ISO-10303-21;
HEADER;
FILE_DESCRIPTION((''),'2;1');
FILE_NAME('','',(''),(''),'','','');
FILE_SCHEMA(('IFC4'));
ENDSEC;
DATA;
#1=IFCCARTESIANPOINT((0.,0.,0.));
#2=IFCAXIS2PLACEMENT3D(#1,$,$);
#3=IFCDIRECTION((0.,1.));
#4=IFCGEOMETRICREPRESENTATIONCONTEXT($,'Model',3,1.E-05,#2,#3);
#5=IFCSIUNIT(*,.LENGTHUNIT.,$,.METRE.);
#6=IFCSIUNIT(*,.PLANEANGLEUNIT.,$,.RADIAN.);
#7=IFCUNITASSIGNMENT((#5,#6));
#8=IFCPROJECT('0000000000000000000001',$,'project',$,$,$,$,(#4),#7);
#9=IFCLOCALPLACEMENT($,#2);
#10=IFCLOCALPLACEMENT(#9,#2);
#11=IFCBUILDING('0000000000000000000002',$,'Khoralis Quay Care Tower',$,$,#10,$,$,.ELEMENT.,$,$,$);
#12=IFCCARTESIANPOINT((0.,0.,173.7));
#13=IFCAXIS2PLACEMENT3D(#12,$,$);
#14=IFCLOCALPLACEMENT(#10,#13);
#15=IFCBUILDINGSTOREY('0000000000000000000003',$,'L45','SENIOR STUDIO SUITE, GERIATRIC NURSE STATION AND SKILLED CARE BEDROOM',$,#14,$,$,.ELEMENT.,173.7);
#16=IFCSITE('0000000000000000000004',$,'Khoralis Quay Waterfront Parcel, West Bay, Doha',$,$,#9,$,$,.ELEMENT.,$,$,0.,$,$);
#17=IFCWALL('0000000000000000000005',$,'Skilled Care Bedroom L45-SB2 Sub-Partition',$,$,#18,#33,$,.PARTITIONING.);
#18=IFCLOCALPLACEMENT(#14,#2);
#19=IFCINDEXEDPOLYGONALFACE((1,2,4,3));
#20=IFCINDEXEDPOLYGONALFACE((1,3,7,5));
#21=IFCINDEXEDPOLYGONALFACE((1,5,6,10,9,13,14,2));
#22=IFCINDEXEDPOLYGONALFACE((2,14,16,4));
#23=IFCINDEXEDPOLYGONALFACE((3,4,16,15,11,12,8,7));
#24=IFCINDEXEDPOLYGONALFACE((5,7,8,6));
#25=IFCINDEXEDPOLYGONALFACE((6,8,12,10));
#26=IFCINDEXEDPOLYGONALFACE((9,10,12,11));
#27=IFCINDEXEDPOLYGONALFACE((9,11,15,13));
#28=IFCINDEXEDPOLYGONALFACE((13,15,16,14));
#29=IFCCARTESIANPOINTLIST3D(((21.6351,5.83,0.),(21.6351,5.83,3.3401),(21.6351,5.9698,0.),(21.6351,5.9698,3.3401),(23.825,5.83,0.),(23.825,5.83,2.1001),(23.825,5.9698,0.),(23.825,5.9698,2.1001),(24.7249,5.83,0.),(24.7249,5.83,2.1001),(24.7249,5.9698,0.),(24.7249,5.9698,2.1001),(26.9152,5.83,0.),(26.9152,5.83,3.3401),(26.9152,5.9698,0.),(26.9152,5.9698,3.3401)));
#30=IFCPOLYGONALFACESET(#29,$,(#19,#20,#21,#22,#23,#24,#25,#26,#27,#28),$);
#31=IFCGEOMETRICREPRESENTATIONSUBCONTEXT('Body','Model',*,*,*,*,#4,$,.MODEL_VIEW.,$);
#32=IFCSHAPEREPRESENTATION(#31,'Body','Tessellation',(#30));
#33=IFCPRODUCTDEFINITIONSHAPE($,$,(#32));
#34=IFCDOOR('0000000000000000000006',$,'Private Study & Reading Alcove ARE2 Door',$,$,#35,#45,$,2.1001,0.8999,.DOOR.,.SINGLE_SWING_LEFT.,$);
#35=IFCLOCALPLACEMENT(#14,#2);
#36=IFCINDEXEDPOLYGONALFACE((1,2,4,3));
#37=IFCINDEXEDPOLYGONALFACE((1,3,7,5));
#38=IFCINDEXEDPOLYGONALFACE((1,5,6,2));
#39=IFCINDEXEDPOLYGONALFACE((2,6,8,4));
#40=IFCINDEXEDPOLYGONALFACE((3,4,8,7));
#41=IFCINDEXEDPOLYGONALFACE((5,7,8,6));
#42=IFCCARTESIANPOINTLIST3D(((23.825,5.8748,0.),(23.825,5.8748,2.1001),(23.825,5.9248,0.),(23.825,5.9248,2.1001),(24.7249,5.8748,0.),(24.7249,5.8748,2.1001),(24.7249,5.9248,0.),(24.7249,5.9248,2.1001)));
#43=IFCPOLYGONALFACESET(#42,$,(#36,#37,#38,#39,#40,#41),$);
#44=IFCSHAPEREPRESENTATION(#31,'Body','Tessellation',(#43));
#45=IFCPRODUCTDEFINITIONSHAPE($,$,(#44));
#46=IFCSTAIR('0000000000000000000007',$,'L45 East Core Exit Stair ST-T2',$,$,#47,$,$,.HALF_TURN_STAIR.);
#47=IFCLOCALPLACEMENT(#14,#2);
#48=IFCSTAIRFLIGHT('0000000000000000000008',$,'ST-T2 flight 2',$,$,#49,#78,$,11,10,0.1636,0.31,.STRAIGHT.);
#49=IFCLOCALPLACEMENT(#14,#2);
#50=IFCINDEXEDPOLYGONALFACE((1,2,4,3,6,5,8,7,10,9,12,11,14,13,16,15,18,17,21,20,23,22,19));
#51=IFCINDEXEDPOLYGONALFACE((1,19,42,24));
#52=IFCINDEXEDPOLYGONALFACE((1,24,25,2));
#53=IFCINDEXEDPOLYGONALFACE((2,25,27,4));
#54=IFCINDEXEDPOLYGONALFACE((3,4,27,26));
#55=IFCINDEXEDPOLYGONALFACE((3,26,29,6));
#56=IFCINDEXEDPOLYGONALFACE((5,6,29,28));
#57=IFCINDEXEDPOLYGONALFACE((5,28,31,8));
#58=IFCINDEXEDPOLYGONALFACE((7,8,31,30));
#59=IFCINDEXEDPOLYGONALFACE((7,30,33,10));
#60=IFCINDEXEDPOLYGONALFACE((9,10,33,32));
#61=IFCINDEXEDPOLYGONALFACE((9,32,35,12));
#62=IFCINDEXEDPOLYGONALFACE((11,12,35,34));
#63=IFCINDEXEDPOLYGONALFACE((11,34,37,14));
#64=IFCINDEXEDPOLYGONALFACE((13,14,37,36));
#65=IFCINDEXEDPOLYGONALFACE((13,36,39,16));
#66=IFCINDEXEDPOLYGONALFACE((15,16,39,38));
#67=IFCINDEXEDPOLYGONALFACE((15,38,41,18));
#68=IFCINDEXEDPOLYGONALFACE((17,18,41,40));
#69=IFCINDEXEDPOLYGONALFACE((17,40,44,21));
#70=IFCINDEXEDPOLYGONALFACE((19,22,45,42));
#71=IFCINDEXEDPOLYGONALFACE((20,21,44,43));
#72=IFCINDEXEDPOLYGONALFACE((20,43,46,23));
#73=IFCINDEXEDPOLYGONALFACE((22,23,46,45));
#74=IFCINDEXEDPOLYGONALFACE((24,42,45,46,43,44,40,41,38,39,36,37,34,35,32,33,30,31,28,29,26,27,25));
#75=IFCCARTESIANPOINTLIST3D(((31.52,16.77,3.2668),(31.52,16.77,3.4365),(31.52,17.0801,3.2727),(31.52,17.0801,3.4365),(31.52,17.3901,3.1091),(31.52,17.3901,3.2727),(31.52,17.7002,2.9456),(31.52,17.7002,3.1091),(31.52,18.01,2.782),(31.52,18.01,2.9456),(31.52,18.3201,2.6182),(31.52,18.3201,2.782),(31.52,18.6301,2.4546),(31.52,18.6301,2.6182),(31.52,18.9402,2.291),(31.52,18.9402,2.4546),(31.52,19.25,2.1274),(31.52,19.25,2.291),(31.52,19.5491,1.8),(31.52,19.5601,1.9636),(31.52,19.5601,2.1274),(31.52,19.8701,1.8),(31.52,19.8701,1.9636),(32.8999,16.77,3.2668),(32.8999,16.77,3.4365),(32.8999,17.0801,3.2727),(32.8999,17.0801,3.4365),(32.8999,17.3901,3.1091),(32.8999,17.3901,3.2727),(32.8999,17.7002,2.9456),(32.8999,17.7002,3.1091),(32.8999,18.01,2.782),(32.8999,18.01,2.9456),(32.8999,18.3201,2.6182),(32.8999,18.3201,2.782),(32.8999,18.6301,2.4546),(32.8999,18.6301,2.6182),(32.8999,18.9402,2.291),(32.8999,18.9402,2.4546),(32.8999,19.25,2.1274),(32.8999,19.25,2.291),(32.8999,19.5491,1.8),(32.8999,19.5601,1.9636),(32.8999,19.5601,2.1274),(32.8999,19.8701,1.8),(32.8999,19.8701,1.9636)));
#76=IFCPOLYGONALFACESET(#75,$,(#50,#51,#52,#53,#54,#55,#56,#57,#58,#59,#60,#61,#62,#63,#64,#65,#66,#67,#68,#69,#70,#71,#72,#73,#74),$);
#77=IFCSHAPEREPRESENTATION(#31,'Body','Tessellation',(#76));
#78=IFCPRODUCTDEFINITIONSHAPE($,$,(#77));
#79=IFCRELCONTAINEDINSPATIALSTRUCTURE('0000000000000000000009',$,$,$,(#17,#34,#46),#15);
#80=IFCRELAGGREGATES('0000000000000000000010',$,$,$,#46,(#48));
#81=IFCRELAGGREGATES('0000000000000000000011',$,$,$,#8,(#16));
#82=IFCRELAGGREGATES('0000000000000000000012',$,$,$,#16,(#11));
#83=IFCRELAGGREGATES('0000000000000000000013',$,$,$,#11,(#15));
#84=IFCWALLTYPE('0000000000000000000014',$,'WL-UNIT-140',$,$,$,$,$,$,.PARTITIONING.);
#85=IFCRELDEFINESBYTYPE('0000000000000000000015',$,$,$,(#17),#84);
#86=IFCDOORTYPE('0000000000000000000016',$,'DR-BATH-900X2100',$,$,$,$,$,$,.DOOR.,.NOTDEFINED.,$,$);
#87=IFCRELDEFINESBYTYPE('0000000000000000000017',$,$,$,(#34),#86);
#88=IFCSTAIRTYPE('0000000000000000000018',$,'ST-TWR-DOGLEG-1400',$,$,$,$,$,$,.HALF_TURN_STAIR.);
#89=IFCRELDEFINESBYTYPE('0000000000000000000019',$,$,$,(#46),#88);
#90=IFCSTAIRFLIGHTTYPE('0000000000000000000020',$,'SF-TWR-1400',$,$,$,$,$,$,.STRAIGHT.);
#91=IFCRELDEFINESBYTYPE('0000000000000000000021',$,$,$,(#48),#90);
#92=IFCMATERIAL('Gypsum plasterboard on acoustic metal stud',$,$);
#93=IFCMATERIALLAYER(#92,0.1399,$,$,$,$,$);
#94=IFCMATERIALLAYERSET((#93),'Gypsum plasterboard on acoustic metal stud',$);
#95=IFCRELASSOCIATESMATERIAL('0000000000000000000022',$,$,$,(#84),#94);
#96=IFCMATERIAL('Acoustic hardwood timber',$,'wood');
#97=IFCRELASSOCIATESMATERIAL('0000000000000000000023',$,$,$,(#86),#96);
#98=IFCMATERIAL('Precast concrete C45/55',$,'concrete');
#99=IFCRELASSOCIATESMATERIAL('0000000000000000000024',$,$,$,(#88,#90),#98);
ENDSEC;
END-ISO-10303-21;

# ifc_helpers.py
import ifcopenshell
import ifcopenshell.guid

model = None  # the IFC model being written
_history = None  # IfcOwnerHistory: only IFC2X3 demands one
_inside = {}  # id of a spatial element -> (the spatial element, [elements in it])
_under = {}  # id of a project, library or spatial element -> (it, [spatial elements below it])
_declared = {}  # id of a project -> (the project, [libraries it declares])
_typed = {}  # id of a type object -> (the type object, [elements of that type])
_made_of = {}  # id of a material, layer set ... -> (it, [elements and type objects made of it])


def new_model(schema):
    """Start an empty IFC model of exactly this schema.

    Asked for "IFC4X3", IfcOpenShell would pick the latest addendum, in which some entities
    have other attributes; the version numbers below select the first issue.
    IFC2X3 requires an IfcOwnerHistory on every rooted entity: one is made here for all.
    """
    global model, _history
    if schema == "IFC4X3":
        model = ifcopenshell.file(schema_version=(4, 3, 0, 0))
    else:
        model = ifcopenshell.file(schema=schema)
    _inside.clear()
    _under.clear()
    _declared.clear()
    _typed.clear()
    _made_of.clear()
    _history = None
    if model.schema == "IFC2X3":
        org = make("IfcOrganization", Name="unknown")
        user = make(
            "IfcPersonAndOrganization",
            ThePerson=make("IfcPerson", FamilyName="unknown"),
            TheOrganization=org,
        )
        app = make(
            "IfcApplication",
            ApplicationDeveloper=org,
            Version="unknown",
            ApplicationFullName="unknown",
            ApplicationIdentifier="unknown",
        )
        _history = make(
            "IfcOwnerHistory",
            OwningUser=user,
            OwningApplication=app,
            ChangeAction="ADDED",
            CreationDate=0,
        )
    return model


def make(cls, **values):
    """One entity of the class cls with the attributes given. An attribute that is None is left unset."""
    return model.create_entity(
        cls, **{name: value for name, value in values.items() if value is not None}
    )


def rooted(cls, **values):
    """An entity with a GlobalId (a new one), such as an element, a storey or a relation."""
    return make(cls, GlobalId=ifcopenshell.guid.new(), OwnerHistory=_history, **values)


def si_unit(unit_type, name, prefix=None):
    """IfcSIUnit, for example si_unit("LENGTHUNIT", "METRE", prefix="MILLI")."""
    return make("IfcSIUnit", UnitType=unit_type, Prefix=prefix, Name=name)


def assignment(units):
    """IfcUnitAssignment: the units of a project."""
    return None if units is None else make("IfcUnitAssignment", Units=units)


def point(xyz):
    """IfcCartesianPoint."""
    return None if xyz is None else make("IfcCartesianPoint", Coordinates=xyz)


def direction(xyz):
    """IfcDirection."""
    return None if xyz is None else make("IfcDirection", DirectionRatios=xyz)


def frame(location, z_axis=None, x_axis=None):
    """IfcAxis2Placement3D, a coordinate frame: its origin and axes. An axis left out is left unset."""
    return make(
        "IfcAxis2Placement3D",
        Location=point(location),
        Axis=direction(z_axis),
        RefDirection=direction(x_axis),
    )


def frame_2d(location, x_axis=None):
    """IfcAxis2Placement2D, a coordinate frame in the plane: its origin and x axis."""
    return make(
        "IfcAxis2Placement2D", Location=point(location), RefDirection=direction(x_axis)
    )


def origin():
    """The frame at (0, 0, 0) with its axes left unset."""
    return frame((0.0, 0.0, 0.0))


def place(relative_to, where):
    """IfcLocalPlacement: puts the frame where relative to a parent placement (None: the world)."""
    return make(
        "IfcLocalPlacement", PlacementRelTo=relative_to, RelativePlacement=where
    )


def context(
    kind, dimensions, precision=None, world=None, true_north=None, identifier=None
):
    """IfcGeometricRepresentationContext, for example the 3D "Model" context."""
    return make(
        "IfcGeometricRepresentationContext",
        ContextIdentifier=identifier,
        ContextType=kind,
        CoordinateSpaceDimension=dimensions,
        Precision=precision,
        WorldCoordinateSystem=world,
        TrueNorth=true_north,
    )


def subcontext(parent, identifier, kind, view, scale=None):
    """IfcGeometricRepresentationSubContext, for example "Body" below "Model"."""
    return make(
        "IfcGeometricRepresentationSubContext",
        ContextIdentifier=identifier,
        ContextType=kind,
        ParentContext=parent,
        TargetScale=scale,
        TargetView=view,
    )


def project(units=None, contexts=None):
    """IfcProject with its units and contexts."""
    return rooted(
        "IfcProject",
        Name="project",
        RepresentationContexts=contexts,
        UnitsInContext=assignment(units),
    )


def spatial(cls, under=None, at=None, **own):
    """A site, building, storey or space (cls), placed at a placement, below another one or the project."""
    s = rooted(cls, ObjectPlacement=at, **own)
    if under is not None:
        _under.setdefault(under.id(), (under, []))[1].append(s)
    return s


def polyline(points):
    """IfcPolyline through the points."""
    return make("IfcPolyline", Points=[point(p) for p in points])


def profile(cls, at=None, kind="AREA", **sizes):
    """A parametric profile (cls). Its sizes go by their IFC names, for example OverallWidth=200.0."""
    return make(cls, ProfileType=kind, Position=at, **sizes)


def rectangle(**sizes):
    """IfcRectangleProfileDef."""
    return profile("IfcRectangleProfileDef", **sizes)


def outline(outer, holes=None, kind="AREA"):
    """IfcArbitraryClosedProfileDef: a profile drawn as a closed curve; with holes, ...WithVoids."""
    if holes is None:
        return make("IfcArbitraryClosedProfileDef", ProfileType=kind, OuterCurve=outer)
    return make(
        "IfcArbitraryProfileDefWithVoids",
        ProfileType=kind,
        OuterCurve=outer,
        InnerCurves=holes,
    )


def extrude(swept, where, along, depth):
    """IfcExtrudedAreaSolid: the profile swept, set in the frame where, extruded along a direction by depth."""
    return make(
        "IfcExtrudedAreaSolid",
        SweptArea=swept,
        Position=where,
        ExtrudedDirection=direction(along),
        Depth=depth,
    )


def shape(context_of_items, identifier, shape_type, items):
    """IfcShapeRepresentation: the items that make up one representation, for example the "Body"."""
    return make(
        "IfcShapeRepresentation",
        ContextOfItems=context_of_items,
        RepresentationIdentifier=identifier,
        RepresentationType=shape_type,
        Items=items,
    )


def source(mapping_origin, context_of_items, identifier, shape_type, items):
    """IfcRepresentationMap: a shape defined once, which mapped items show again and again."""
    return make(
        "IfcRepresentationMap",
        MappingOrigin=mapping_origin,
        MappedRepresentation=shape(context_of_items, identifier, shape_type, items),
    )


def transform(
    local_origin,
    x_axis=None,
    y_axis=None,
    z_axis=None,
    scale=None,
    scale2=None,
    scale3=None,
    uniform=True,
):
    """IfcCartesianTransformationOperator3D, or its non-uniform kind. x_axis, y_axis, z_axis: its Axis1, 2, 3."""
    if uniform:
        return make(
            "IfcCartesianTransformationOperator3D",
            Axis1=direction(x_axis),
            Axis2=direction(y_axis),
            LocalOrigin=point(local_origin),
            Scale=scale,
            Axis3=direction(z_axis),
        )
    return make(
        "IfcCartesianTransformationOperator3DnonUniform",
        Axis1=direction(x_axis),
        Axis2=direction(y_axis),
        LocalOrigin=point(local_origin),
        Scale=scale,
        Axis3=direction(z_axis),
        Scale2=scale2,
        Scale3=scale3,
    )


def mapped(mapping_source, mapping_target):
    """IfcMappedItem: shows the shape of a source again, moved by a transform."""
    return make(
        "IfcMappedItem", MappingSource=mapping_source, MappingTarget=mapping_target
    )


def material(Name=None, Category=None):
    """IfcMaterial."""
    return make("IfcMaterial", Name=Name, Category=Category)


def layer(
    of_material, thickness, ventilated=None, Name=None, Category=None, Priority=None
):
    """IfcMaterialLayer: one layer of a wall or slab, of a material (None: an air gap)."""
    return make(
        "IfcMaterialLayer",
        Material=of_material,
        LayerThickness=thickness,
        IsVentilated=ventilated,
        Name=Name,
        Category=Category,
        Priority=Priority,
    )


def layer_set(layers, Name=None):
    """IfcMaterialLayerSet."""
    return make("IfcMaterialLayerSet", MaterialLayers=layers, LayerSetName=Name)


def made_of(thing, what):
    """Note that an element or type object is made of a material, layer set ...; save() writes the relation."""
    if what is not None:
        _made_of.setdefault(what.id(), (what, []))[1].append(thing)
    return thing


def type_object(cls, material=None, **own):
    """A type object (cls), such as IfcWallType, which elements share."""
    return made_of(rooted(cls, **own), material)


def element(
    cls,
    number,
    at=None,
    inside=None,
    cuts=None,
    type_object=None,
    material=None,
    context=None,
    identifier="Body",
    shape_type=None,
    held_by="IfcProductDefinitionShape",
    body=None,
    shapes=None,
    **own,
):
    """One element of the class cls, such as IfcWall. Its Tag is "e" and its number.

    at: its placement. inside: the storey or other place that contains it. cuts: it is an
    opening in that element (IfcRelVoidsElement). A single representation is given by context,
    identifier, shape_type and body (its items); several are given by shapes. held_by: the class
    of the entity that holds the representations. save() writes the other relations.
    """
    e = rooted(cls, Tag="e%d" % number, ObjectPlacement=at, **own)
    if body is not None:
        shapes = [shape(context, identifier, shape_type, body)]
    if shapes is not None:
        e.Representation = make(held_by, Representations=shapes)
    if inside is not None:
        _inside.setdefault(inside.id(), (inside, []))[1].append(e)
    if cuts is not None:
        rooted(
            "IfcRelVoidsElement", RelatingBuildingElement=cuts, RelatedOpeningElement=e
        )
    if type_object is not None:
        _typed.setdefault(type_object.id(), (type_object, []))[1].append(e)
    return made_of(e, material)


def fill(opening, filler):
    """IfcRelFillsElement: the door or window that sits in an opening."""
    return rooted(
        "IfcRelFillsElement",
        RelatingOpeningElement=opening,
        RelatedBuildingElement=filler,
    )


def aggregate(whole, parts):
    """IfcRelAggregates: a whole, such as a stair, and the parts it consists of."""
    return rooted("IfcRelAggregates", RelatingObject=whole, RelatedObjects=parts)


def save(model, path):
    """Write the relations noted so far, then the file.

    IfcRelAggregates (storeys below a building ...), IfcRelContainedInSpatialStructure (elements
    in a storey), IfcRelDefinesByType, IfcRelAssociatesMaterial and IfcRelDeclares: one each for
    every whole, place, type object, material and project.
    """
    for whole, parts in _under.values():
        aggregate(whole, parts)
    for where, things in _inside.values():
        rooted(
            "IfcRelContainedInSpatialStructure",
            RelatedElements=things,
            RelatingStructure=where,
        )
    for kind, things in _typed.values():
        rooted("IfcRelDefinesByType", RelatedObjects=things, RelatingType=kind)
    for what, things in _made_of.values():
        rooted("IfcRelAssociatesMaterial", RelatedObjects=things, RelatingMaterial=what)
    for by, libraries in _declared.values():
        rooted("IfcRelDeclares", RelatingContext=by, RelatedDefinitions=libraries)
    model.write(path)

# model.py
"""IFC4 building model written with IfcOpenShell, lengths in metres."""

from ifc_helpers import new_model, si_unit, direction, frame, frame_2d, origin, place, context, subcontext, project, spatial, polyline, rectangle, outline, extrude, source, transform, mapped, material, layer, layer_set, type_object, element, fill, aggregate, save


model = new_model("IFC4")

# Units and contexts
model_context = context("Model", 3, precision=1e-05, world=origin(), true_north=direction((0.0, 1.0)))
body_context = subcontext(model_context, "Body", "Model", "MODEL_VIEW")
ifc_project = project(units=[si_unit("LENGTHUNIT", "METRE"), si_unit("PLANEANGLEUNIT", "RADIAN")], contexts=[model_context])

# Site, building, storey
site_placement = place(None, origin())
site = spatial("IfcSite", under=ifc_project, at=site_placement, Name="Khoralis Quay Waterfront Parcel, West Bay, Doha", CompositionType="ELEMENT", RefElevation=0.0)
building_placement = place(site_placement, origin())
building = spatial("IfcBuilding", under=site, at=building_placement, Name="Khoralis Quay Care Tower", CompositionType="ELEMENT")
storey_placement = place(building_placement, frame((0.0, 0.0, 173.7)))
storey = spatial("IfcBuildingStorey", under=building, at=storey_placement, Name="L45", Description="SENIOR STUDIO SUITE, GERIATRIC NURSE STATION AND SKILLED CARE BEDROOM", CompositionType="ELEMENT", Elevation=173.7)

# Shared definitions
ifc_material_1 = material(Name="Gypsum plasterboard on acoustic metal stud")

# Shared definitions
ifc_material_2 = material(Name="Precast concrete C45/55", Category="concrete")

# Wall, opening, door
ifc_layer_1 = layer(ifc_material_1, 0.1399)
ifc_layer_set_1 = layer_set([ifc_layer_1], Name="Gypsum plasterboard on acoustic metal stud")
wall_type_1 = type_object("IfcWallType", Name="WL-UNIT-140", PredefinedType="PARTITIONING", material=ifc_layer_set_1)
wall_1_placement = place(storey_placement, frame((21.635, 5.8999, 0.0), z_axis=(0.0, 0.0, 1.0), x_axis=(1.0, 0.0, 0.0)))
wall_1 = element("IfcWall", 1, at=wall_1_placement, inside=storey, type_object=wall_type_1, Name="Skilled Care Bedroom L45-SB2 Sub-Partition", PredefinedType="PARTITIONING", context=body_context, shape_type="SweptSolid", body=[
    extrude(rectangle(XDim=5.28, YDim=0.1399, at=frame_2d((2.6401, 0.0))), origin(), (0.0, 0.0, 1.0), 3.3401),
])
opening_1_placement = place(wall_1_placement, frame((2.1899, 0.0, 0.0)))
opening_1 = element("IfcOpeningElement", 2, at=opening_1_placement, cuts=wall_1, PredefinedType="OPENING", context=body_context, shape_type="SweptSolid", body=[
    extrude(rectangle(XDim=0.8999, YDim=2.1001, at=frame_2d((0.45, 1.05))), frame((0.0, 0.0801, 0.0), z_axis=(0.0, -1.0, 0.0), x_axis=(1.0, 0.0, 0.0)), (0.0, 0.0, 1.0), 0.1599),
])
ifc_material_3 = material(Name="Acoustic hardwood timber", Category="wood")
door_type_1 = type_object("IfcDoorType", Name="DR-BATH-900X2100", OperationType="NOTDEFINED", PredefinedType="DOOR", material=ifc_material_3)
shared_shape_1 = source(origin(), body_context, "Body", "SweptSolid", [
    extrude(rectangle(XDim=0.8999, YDim=2.1001, at=frame_2d((0.45, 1.05))), frame((0.0, 0.0249, 0.0), z_axis=(0.0, -1.0, 0.0), x_axis=(1.0, 0.0, 0.0)), (0.0, 0.0, 1.0), 0.05),
])
door_1_placement = place(opening_1_placement, origin())
door_1 = element("IfcDoor", 3, at=door_1_placement, inside=storey, type_object=door_type_1, Name="Private Study & Reading Alcove ARE2 Door", OperationType="SINGLE_SWING_LEFT", OverallHeight=2.1001, OverallWidth=0.8999, PredefinedType="DOOR", context=body_context, shape_type="MappedRepresentation", body=[
    mapped(shared_shape_1, transform((0.0, 0.0, 0.0), scale=1.0)),
])
fill(opening_1, door_1)

# Stair, stair flight
stair_type = type_object("IfcStairType", Name="ST-TWR-DOGLEG-1400", PredefinedType="HALF_TURN_STAIR", material=ifc_material_2)
stair_placement = place(storey_placement, origin())
stair = element("IfcStair", 4, at=stair_placement, inside=storey, type_object=stair_type, Name="L45 East Core Exit Stair ST-T2", PredefinedType="HALF_TURN_STAIR")
stair_flight_type = type_object("IfcStairFlightType", Name="SF-TWR-1400", PredefinedType="STRAIGHT", material=ifc_material_2)
shared_shape_2 = source(origin(), body_context, "Body", "SweptSolid", [
    extrude(outline(polyline([(0.0, 0.0), (0.0, 0.1636), (0.3101, 0.1636), (0.3101, 0.3274), (0.6201, 0.3274), (0.6201, 0.491), (0.9299, 0.491), (0.9299, 0.6545), (1.24, 0.6545), (1.24, 0.8181), (1.55, 0.8181), (1.55, 0.9819), (1.8601, 0.9819), (1.8601, 1.1455), (2.1699, 1.1455), (2.1699, 1.3091), (2.48, 1.3091), (2.48, 1.4727), (2.79, 1.4727), (2.79, 1.6365), (3.1001, 1.6365), (3.1001, 1.8), (3.1001, 1.4668), (0.321, 0.0), (0.0, 0.0)])), frame((0.0, 0.6899, 0.0), z_axis=(0.0, -1.0, 0.0), x_axis=(1.0, 0.0, 0.0)), (0.0, 0.0, 1.0), 1.3799),
])
stair_flight_placement = place(storey_placement, frame((32.21, 19.8701, 1.8), z_axis=(0.0, 0.0, 1.0), x_axis=(0.0, -1.0, 0.0)))
stair_flight = element("IfcStairFlight", 5, at=stair_flight_placement, type_object=stair_flight_type, Name="ST-T2 flight 2", NumberOfRisers=11, NumberOfTreads=10, PredefinedType="STRAIGHT", RiserHeight=0.1636, TreadLength=0.31, context=body_context, shape_type="MappedRepresentation", body=[
    mapped(shared_shape_2, transform((0.0, 0.0, 0.0), scale=1.0)),
])
aggregate(stair, [stair_flight])

save(model, "model.ifc")
